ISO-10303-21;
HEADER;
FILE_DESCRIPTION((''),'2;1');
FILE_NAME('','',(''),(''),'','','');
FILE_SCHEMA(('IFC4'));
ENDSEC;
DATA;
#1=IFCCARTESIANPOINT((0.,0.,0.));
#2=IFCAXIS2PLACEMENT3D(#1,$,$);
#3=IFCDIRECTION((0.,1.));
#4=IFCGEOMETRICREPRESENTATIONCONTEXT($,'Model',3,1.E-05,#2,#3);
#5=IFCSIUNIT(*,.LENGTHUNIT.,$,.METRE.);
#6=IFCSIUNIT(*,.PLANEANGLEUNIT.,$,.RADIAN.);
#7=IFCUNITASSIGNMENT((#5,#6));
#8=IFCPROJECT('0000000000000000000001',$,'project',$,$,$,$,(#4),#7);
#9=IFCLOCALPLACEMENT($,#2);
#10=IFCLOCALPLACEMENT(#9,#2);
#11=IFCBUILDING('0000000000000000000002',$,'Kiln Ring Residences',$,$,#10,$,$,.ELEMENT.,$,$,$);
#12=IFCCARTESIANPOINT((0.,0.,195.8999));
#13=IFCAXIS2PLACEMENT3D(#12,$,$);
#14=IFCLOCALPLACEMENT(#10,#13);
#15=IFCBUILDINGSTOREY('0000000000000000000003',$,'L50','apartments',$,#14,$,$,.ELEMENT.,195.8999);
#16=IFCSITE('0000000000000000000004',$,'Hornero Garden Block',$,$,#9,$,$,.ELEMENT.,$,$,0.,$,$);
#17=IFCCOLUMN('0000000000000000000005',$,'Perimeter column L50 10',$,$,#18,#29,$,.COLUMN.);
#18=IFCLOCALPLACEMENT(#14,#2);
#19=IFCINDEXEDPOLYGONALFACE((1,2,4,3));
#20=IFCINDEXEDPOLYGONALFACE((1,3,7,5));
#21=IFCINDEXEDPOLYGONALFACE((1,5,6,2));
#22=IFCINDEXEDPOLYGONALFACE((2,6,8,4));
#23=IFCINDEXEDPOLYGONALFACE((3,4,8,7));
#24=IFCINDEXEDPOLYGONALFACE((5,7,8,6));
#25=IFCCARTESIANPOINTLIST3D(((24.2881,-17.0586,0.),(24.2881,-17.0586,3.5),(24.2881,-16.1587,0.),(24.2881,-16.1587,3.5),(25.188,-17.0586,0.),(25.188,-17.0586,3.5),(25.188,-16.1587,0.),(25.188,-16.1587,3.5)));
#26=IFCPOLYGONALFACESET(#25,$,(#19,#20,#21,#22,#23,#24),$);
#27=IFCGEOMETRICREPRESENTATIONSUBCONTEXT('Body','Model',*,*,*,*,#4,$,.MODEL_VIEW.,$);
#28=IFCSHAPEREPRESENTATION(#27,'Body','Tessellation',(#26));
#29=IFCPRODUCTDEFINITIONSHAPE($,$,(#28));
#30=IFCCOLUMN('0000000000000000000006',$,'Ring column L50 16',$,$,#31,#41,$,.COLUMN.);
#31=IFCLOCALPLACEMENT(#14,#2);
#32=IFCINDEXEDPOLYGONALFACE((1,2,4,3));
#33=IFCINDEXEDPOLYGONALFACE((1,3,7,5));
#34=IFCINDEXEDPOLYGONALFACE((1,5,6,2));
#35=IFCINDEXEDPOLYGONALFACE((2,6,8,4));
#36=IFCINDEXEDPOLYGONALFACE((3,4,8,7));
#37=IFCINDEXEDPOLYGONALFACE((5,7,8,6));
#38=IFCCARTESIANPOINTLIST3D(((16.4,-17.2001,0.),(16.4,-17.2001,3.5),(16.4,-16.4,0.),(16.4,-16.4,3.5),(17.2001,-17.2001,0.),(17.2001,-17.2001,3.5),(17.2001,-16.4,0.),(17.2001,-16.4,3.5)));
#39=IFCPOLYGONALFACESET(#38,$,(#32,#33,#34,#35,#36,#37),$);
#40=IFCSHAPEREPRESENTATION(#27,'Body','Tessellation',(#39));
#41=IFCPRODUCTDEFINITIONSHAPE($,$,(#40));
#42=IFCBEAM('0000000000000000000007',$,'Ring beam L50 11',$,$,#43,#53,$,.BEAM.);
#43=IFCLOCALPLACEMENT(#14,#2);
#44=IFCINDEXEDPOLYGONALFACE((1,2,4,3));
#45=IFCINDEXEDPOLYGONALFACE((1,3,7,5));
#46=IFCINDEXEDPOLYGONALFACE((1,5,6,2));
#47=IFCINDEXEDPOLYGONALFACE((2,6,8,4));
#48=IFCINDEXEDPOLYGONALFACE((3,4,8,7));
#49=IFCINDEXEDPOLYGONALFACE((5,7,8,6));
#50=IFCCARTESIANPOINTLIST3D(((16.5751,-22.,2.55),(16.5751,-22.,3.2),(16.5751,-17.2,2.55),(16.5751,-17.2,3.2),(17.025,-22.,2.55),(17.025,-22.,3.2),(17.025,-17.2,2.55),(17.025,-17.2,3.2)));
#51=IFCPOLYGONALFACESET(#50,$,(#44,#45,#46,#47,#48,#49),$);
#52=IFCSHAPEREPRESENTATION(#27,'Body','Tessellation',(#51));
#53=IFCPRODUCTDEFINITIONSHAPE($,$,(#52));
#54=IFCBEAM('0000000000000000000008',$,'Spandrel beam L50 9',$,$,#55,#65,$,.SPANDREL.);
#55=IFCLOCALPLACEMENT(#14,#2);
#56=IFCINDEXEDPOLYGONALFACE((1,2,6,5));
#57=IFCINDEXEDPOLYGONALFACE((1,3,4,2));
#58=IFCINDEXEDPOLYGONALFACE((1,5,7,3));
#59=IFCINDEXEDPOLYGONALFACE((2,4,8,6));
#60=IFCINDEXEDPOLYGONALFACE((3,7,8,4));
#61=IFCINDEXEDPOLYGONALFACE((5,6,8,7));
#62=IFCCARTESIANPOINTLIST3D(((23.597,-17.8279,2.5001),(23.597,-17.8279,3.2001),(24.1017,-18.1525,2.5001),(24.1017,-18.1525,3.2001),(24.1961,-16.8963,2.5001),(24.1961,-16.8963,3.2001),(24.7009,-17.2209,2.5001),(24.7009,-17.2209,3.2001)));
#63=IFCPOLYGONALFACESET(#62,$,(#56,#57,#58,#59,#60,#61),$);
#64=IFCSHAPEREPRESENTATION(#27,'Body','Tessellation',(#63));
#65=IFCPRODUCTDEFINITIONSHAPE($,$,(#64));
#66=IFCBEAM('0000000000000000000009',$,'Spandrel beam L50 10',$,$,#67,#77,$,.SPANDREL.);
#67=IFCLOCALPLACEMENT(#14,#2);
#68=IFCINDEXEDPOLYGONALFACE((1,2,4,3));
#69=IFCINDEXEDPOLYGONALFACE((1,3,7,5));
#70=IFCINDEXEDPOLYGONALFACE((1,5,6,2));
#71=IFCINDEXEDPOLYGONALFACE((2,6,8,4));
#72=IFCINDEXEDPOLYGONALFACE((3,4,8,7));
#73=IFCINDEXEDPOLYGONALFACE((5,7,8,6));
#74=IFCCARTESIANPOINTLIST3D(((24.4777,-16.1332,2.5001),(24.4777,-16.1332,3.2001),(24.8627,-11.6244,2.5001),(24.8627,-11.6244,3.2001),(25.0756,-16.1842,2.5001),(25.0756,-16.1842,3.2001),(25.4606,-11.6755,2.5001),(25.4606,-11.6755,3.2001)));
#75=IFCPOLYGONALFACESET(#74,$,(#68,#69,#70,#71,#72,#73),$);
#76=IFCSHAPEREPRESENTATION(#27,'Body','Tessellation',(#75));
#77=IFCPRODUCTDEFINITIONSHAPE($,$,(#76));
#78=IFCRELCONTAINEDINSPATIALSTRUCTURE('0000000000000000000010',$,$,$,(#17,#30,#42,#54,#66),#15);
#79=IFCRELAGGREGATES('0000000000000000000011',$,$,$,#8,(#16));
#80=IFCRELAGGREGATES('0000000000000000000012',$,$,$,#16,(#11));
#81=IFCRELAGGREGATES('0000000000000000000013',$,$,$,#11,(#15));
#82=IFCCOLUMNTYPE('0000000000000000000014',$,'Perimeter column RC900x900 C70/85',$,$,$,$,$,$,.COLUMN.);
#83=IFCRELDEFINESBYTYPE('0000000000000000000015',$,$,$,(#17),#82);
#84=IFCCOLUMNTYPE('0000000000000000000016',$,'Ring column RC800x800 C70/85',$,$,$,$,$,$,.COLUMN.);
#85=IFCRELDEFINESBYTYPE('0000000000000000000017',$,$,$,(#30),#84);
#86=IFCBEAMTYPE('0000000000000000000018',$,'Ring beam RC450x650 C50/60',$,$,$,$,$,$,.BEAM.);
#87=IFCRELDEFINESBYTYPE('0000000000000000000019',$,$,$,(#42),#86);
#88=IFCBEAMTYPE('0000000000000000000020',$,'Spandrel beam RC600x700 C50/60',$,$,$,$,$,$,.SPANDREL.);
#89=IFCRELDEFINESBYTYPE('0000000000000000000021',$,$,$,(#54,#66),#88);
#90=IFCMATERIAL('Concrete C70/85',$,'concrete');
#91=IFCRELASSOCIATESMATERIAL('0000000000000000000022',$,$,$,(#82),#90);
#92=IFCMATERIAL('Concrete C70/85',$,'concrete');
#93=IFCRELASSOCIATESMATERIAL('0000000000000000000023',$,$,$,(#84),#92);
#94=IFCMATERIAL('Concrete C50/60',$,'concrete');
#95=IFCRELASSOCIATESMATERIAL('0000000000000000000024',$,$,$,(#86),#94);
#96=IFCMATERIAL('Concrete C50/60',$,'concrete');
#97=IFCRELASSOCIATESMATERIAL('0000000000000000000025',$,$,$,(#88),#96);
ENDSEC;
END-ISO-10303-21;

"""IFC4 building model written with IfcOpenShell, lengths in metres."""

from ifc_helpers import new_model, si_unit, direction, frame, origin, origin_2d, place, context, subcontext, project, spatial, rectangle, extrude, material, material_profile, profile_set, type_object, element, save


model = new_model("IFC4")

# Units and contexts
model_context = context("Model", 3, precision=1e-05, world=origin(), true_north=direction((0.0, 1.0)))
body_context = subcontext(model_context, "Body", "Model", "MODEL_VIEW")
ifc_project = project(units=[si_unit("LENGTHUNIT", "METRE"), si_unit("PLANEANGLEUNIT", "RADIAN")], contexts=[model_context])

# Site, building, storey
site_placement = place(None, origin())
site = spatial("IfcSite", under=ifc_project, at=site_placement, Name="Hornero Garden Block", CompositionType="ELEMENT", RefElevation=0.0)
building_placement = place(site_placement, origin())
building = spatial("IfcBuilding", under=site, at=building_placement, Name="Kiln Ring Residences", CompositionType="ELEMENT")
storey_placement = place(building_placement, frame((0.0, 0.0, 195.8999)))
storey = spatial("IfcBuildingStorey", under=building, at=storey_placement, Name="L50", Description="apartments", CompositionType="ELEMENT", Elevation=195.8999)

# Columns
ifc_material_1 = material(Name="Concrete C70/85", Category="concrete")
ifc_material_profile_1 = material_profile(ifc_material_1, rectangle(XDim=0.8999, YDim=0.8999, at=origin_2d()), Name="RC900x900")
ifc_profile_set_1 = profile_set([ifc_material_profile_1], Name="Concrete C70/85")
column_type_1 = type_object("IfcColumnType", Name="Perimeter column RC900x900 C70/85", PredefinedType="COLUMN", material=ifc_profile_set_1)
column_1_placement = place(storey_placement, frame((24.738, -16.6086, 0.0), z_axis=(0.0, 0.0, 1.0), x_axis=(1.0, 0.0, 0.0)))
element("IfcColumn", 1, at=column_1_placement, inside=storey, type_object=column_type_1, Name="Perimeter column L50 10", PredefinedType="COLUMN", context=body_context, shape_type="SweptSolid", body=[
    extrude(rectangle(XDim=0.8999, YDim=0.8999, at=origin_2d()), origin(), (0.0, 0.0, 1.0), 3.5),
])
ifc_material_2 = material(Name="Concrete C70/85", Category="concrete")
ifc_material_profile_2 = material_profile(ifc_material_2, rectangle(XDim=0.8, YDim=0.8, at=origin_2d()), Name="RC800x800")
ifc_profile_set_2 = profile_set([ifc_material_profile_2], Name="Concrete C70/85")
column_type_2 = type_object("IfcColumnType", Name="Ring column RC800x800 C70/85", PredefinedType="COLUMN", material=ifc_profile_set_2)
column_2_placement = place(storey_placement, frame((16.8, -16.8, 0.0), z_axis=(0.0, 0.0, 1.0), x_axis=(1.0, 0.0, 0.0)))
element("IfcColumn", 2, at=column_2_placement, inside=storey, type_object=column_type_2, Name="Ring column L50 16", PredefinedType="COLUMN", context=body_context, shape_type="SweptSolid", body=[
    extrude(rectangle(XDim=0.8, YDim=0.8, at=origin_2d()), origin(), (0.0, 0.0, 1.0), 3.5),
])

# Beams
ifc_material_3 = material(Name="Concrete C50/60", Category="concrete")
ifc_material_profile_3 = material_profile(ifc_material_3, rectangle(XDim=0.45, YDim=0.6499, at=origin_2d()), Name="RC450x650")
ifc_profile_set_3 = profile_set([ifc_material_profile_3], Name="Concrete C50/60")
beam_type_1 = type_object("IfcBeamType", Name="Ring beam RC450x650 C50/60", PredefinedType="BEAM", material=ifc_profile_set_3)
beam_1_placement = place(storey_placement, frame((16.8, -17.2, 2.875), z_axis=(0.0, -1.0, 0.0), x_axis=(1.0, 0.0, 0.0)))
element("IfcBeam", 3, at=beam_1_placement, inside=storey, type_object=beam_type_1, Name="Ring beam L50 11", PredefinedType="BEAM", context=body_context, shape_type="SweptSolid", body=[
    extrude(rectangle(XDim=0.45, YDim=0.6499, at=origin_2d()), origin(), (0.0, 0.0, 1.0), 4.8),
])
ifc_material_4 = material(Name="Concrete C50/60", Category="concrete")
ifc_material_profile_4 = material_profile(ifc_material_4, rectangle(XDim=0.6001, YDim=0.7, at=origin_2d()), Name="RC600x700")
ifc_profile_set_4 = profile_set([ifc_material_profile_4], Name="Concrete C50/60")
beam_type_2 = type_object("IfcBeamType", Name="Spandrel beam RC600x700 C50/60", PredefinedType="SPANDREL", material=ifc_profile_set_4)
beam_2_placement = place(storey_placement, frame((23.8494, -17.9902, 2.8501), z_axis=(0.540891, 0.841093, 0.0), x_axis=(-0.841093, 0.540891, 0.0)))
element("IfcBeam", 4, at=beam_2_placement, inside=storey, type_object=beam_type_2, Name="Spandrel beam L50 9", PredefinedType="SPANDREL", context=body_context, shape_type="SweptSolid", body=[
    extrude(rectangle(XDim=0.6001, YDim=0.7, at=origin_2d()), origin(), (0.0, 0.0, 1.0), 1.1077),
])
beam_3_placement = place(storey_placement, frame((24.7766, -16.1587, 2.8501), z_axis=(0.085081, 0.996374, 0.0), x_axis=(-0.996374, 0.085081, 0.0)))
element("IfcBeam", 5, at=beam_3_placement, inside=storey, type_object=beam_type_2, Name="Spandrel beam L50 10", PredefinedType="SPANDREL", context=body_context, shape_type="SweptSolid", body=[
    extrude(rectangle(XDim=0.6001, YDim=0.7, at=origin_2d()), origin(), (0.0, 0.0, 1.0), 4.5251),
])

save(model, "model.ifc")
